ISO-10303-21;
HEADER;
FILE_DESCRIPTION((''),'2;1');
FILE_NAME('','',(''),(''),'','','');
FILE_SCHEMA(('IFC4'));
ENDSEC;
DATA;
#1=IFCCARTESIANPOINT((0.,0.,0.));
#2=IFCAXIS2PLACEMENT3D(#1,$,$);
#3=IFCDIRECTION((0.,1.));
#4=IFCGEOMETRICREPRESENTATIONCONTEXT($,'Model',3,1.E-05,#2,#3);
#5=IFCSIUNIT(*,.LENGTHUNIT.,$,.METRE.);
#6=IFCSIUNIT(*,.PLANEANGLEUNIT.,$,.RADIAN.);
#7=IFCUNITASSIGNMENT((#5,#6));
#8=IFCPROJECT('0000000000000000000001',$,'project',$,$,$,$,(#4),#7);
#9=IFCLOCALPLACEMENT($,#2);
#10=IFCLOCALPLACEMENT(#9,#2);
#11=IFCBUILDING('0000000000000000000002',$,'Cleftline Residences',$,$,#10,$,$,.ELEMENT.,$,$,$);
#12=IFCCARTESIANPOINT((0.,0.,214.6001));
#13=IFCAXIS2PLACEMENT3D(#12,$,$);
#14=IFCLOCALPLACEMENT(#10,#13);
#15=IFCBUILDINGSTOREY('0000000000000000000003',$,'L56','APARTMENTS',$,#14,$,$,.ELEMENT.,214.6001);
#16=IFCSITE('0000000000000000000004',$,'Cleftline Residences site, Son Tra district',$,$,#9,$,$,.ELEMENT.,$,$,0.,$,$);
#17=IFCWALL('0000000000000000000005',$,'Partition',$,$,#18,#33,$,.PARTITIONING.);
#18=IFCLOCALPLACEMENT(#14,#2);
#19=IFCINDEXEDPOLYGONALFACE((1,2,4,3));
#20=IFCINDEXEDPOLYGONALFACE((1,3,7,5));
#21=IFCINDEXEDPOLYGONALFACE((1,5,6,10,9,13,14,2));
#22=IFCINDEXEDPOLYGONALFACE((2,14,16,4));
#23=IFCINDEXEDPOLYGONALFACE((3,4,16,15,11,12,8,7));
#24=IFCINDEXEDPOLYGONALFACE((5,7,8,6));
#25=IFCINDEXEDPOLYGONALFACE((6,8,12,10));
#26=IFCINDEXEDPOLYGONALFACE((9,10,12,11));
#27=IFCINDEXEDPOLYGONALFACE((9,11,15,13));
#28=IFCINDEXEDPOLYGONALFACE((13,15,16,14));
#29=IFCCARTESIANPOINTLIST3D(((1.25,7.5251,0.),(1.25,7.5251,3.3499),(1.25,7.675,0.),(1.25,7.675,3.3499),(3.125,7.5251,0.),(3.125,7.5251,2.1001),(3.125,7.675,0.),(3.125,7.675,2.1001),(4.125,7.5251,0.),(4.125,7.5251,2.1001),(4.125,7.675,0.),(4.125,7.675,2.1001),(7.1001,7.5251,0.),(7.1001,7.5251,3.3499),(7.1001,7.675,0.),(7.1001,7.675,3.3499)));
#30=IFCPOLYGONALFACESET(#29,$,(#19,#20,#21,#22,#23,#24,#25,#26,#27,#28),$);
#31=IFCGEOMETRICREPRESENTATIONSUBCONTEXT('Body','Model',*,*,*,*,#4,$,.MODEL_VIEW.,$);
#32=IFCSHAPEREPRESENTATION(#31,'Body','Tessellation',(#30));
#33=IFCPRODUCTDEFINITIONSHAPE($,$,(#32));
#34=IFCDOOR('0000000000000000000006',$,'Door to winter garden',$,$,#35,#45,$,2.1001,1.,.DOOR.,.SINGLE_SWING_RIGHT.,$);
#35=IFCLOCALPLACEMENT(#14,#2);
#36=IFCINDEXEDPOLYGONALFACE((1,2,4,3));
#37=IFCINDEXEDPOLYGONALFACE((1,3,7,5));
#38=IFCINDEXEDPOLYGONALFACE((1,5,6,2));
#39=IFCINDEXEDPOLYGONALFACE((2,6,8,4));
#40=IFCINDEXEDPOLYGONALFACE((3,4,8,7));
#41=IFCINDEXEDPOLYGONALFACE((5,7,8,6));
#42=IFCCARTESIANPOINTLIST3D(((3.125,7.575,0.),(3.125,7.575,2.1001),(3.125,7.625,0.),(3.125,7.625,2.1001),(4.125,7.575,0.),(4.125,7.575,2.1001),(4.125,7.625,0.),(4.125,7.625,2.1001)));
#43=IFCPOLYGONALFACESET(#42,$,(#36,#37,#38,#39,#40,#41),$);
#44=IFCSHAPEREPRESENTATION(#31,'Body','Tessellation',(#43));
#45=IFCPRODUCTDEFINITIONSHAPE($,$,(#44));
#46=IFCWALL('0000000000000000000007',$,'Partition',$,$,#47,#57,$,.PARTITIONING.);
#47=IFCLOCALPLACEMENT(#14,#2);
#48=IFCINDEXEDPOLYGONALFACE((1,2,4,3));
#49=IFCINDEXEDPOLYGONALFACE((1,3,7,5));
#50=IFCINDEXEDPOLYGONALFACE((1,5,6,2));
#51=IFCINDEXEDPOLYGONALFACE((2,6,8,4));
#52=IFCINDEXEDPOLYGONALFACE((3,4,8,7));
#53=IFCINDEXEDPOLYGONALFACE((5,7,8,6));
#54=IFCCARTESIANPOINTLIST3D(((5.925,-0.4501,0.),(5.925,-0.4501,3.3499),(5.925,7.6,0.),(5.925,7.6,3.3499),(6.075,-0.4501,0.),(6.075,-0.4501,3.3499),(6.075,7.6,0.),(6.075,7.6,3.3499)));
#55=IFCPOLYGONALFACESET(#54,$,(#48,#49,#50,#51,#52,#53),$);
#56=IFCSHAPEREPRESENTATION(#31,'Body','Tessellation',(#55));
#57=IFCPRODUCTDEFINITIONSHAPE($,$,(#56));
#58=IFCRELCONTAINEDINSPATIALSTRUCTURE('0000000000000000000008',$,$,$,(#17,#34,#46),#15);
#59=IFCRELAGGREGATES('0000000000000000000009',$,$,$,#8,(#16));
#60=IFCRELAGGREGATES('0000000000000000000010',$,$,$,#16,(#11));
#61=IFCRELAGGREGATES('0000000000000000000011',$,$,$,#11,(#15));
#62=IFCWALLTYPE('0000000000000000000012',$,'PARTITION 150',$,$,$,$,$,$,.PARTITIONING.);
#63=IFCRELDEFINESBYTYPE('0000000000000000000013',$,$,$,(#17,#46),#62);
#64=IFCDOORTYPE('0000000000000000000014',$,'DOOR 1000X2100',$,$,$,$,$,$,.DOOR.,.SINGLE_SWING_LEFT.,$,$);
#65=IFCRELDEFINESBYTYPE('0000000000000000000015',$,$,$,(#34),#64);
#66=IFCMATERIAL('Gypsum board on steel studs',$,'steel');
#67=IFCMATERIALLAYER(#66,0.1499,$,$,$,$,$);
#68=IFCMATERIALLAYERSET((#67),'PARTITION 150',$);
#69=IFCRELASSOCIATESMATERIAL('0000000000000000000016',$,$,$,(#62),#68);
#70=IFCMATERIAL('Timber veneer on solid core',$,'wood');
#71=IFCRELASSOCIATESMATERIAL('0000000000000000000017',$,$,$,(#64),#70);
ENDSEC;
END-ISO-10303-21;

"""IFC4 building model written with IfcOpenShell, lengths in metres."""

from ifc_helpers import new_model, si_unit, direction, frame, frame_2d, origin, place, context, subcontext, project, spatial, rectangle, extrude, material, layer, layer_set, type_object, element, fill, save


model = new_model("IFC4")

# Units and contexts
model_context = context("Model", 3, precision=1e-05, world=origin(), true_north=direction((0.0, 1.0)))
body_context = subcontext(model_context, "Body", "Model", "MODEL_VIEW")
ifc_project = project(units=[si_unit("LENGTHUNIT", "METRE"), si_unit("PLANEANGLEUNIT", "RADIAN")], contexts=[model_context])

# Site, building, storey
site_placement = place(None, origin())
site = spatial("IfcSite", under=ifc_project, at=site_placement, Name="Cleftline Residences site, Son Tra district", CompositionType="ELEMENT", RefElevation=0.0)
building_placement = place(site_placement, origin())
building = spatial("IfcBuilding", under=site, at=building_placement, Name="Cleftline Residences", CompositionType="ELEMENT")
storey_placement = place(building_placement, frame((0.0, 0.0, 214.6001)))
storey = spatial("IfcBuildingStorey", under=building, at=storey_placement, Name="L56", Description="APARTMENTS", CompositionType="ELEMENT", Elevation=214.6001)

# Wall, opening, door
ifc_material_1 = material(Name="Gypsum board on steel studs", Category="steel")
ifc_layer_1 = layer(ifc_material_1, 0.1499)
ifc_layer_set_1 = layer_set([ifc_layer_1], Name="PARTITION 150")
wall_type_1 = type_object("IfcWallType", Name="PARTITION 150", PredefinedType="PARTITIONING", material=ifc_layer_set_1)
wall_1_placement = place(storey_placement, frame((1.25, 7.6001, 0.0), z_axis=(0.0, 0.0, 1.0), x_axis=(1.0, 0.0, 0.0)))
wall_1 = element("IfcWall", 1, at=wall_1_placement, inside=storey, type_object=wall_type_1, Name="Partition", PredefinedType="PARTITIONING", context=body_context, shape_type="SweptSolid", body=[
    extrude(rectangle(XDim=5.8501, YDim=0.1499, at=frame_2d((2.925, 0.0))), origin(), (0.0, 0.0, 1.0), 3.3499),
])
opening_1_placement = place(wall_1_placement, frame((1.875, 0.0, 0.0)))
opening_1 = element("IfcOpeningElement", 2, at=opening_1_placement, cuts=wall_1, PredefinedType="OPENING", context=body_context, shape_type="SweptSolid", body=[
    extrude(rectangle(XDim=1.0, YDim=2.1001, at=frame_2d((0.5, 1.05))), frame((0.0, 0.085, 0.0), z_axis=(0.0, -1.0, 0.0), x_axis=(1.0, 0.0, 0.0)), (0.0, 0.0, 1.0), 0.1699),
])
ifc_material_2 = material(Name="Timber veneer on solid core", Category="wood")
door_type = type_object("IfcDoorType", Name="DOOR 1000X2100", OperationType="SINGLE_SWING_LEFT", PredefinedType="DOOR", material=ifc_material_2)
door_placement = place(opening_1_placement, origin())
door = element("IfcDoor", 3, at=door_placement, inside=storey, type_object=door_type, Name="Door to winter garden", OperationType="SINGLE_SWING_RIGHT", OverallHeight=2.1001, OverallWidth=1.0, PredefinedType="DOOR", context=body_context, shape_type="SweptSolid", body=[
    extrude(rectangle(XDim=1.0, YDim=2.1001, at=frame_2d((0.5, 1.05))), frame((0.0, 0.0249, 0.0), z_axis=(0.0, -1.0, 0.0), x_axis=(1.0, 0.0, 0.0)), (0.0, 0.0, 1.0), 0.05),
])
fill(opening_1, door)

# Wall
wall_2_placement = place(storey_placement, frame((6.0, -0.45, 0.0), z_axis=(0.0, 0.0, 1.0), x_axis=(0.0, 1.0, 0.0)))
element("IfcWall", 4, at=wall_2_placement, inside=storey, type_object=wall_type_1, Name="Partition", PredefinedType="PARTITIONING", context=body_context, shape_type="SweptSolid", body=[
    extrude(rectangle(XDim=8.05, YDim=0.1499, at=frame_2d((4.0249, 0.0))), origin(), (0.0, 0.0, 1.0), 3.3499),
])

save(model, "model.ifc")
